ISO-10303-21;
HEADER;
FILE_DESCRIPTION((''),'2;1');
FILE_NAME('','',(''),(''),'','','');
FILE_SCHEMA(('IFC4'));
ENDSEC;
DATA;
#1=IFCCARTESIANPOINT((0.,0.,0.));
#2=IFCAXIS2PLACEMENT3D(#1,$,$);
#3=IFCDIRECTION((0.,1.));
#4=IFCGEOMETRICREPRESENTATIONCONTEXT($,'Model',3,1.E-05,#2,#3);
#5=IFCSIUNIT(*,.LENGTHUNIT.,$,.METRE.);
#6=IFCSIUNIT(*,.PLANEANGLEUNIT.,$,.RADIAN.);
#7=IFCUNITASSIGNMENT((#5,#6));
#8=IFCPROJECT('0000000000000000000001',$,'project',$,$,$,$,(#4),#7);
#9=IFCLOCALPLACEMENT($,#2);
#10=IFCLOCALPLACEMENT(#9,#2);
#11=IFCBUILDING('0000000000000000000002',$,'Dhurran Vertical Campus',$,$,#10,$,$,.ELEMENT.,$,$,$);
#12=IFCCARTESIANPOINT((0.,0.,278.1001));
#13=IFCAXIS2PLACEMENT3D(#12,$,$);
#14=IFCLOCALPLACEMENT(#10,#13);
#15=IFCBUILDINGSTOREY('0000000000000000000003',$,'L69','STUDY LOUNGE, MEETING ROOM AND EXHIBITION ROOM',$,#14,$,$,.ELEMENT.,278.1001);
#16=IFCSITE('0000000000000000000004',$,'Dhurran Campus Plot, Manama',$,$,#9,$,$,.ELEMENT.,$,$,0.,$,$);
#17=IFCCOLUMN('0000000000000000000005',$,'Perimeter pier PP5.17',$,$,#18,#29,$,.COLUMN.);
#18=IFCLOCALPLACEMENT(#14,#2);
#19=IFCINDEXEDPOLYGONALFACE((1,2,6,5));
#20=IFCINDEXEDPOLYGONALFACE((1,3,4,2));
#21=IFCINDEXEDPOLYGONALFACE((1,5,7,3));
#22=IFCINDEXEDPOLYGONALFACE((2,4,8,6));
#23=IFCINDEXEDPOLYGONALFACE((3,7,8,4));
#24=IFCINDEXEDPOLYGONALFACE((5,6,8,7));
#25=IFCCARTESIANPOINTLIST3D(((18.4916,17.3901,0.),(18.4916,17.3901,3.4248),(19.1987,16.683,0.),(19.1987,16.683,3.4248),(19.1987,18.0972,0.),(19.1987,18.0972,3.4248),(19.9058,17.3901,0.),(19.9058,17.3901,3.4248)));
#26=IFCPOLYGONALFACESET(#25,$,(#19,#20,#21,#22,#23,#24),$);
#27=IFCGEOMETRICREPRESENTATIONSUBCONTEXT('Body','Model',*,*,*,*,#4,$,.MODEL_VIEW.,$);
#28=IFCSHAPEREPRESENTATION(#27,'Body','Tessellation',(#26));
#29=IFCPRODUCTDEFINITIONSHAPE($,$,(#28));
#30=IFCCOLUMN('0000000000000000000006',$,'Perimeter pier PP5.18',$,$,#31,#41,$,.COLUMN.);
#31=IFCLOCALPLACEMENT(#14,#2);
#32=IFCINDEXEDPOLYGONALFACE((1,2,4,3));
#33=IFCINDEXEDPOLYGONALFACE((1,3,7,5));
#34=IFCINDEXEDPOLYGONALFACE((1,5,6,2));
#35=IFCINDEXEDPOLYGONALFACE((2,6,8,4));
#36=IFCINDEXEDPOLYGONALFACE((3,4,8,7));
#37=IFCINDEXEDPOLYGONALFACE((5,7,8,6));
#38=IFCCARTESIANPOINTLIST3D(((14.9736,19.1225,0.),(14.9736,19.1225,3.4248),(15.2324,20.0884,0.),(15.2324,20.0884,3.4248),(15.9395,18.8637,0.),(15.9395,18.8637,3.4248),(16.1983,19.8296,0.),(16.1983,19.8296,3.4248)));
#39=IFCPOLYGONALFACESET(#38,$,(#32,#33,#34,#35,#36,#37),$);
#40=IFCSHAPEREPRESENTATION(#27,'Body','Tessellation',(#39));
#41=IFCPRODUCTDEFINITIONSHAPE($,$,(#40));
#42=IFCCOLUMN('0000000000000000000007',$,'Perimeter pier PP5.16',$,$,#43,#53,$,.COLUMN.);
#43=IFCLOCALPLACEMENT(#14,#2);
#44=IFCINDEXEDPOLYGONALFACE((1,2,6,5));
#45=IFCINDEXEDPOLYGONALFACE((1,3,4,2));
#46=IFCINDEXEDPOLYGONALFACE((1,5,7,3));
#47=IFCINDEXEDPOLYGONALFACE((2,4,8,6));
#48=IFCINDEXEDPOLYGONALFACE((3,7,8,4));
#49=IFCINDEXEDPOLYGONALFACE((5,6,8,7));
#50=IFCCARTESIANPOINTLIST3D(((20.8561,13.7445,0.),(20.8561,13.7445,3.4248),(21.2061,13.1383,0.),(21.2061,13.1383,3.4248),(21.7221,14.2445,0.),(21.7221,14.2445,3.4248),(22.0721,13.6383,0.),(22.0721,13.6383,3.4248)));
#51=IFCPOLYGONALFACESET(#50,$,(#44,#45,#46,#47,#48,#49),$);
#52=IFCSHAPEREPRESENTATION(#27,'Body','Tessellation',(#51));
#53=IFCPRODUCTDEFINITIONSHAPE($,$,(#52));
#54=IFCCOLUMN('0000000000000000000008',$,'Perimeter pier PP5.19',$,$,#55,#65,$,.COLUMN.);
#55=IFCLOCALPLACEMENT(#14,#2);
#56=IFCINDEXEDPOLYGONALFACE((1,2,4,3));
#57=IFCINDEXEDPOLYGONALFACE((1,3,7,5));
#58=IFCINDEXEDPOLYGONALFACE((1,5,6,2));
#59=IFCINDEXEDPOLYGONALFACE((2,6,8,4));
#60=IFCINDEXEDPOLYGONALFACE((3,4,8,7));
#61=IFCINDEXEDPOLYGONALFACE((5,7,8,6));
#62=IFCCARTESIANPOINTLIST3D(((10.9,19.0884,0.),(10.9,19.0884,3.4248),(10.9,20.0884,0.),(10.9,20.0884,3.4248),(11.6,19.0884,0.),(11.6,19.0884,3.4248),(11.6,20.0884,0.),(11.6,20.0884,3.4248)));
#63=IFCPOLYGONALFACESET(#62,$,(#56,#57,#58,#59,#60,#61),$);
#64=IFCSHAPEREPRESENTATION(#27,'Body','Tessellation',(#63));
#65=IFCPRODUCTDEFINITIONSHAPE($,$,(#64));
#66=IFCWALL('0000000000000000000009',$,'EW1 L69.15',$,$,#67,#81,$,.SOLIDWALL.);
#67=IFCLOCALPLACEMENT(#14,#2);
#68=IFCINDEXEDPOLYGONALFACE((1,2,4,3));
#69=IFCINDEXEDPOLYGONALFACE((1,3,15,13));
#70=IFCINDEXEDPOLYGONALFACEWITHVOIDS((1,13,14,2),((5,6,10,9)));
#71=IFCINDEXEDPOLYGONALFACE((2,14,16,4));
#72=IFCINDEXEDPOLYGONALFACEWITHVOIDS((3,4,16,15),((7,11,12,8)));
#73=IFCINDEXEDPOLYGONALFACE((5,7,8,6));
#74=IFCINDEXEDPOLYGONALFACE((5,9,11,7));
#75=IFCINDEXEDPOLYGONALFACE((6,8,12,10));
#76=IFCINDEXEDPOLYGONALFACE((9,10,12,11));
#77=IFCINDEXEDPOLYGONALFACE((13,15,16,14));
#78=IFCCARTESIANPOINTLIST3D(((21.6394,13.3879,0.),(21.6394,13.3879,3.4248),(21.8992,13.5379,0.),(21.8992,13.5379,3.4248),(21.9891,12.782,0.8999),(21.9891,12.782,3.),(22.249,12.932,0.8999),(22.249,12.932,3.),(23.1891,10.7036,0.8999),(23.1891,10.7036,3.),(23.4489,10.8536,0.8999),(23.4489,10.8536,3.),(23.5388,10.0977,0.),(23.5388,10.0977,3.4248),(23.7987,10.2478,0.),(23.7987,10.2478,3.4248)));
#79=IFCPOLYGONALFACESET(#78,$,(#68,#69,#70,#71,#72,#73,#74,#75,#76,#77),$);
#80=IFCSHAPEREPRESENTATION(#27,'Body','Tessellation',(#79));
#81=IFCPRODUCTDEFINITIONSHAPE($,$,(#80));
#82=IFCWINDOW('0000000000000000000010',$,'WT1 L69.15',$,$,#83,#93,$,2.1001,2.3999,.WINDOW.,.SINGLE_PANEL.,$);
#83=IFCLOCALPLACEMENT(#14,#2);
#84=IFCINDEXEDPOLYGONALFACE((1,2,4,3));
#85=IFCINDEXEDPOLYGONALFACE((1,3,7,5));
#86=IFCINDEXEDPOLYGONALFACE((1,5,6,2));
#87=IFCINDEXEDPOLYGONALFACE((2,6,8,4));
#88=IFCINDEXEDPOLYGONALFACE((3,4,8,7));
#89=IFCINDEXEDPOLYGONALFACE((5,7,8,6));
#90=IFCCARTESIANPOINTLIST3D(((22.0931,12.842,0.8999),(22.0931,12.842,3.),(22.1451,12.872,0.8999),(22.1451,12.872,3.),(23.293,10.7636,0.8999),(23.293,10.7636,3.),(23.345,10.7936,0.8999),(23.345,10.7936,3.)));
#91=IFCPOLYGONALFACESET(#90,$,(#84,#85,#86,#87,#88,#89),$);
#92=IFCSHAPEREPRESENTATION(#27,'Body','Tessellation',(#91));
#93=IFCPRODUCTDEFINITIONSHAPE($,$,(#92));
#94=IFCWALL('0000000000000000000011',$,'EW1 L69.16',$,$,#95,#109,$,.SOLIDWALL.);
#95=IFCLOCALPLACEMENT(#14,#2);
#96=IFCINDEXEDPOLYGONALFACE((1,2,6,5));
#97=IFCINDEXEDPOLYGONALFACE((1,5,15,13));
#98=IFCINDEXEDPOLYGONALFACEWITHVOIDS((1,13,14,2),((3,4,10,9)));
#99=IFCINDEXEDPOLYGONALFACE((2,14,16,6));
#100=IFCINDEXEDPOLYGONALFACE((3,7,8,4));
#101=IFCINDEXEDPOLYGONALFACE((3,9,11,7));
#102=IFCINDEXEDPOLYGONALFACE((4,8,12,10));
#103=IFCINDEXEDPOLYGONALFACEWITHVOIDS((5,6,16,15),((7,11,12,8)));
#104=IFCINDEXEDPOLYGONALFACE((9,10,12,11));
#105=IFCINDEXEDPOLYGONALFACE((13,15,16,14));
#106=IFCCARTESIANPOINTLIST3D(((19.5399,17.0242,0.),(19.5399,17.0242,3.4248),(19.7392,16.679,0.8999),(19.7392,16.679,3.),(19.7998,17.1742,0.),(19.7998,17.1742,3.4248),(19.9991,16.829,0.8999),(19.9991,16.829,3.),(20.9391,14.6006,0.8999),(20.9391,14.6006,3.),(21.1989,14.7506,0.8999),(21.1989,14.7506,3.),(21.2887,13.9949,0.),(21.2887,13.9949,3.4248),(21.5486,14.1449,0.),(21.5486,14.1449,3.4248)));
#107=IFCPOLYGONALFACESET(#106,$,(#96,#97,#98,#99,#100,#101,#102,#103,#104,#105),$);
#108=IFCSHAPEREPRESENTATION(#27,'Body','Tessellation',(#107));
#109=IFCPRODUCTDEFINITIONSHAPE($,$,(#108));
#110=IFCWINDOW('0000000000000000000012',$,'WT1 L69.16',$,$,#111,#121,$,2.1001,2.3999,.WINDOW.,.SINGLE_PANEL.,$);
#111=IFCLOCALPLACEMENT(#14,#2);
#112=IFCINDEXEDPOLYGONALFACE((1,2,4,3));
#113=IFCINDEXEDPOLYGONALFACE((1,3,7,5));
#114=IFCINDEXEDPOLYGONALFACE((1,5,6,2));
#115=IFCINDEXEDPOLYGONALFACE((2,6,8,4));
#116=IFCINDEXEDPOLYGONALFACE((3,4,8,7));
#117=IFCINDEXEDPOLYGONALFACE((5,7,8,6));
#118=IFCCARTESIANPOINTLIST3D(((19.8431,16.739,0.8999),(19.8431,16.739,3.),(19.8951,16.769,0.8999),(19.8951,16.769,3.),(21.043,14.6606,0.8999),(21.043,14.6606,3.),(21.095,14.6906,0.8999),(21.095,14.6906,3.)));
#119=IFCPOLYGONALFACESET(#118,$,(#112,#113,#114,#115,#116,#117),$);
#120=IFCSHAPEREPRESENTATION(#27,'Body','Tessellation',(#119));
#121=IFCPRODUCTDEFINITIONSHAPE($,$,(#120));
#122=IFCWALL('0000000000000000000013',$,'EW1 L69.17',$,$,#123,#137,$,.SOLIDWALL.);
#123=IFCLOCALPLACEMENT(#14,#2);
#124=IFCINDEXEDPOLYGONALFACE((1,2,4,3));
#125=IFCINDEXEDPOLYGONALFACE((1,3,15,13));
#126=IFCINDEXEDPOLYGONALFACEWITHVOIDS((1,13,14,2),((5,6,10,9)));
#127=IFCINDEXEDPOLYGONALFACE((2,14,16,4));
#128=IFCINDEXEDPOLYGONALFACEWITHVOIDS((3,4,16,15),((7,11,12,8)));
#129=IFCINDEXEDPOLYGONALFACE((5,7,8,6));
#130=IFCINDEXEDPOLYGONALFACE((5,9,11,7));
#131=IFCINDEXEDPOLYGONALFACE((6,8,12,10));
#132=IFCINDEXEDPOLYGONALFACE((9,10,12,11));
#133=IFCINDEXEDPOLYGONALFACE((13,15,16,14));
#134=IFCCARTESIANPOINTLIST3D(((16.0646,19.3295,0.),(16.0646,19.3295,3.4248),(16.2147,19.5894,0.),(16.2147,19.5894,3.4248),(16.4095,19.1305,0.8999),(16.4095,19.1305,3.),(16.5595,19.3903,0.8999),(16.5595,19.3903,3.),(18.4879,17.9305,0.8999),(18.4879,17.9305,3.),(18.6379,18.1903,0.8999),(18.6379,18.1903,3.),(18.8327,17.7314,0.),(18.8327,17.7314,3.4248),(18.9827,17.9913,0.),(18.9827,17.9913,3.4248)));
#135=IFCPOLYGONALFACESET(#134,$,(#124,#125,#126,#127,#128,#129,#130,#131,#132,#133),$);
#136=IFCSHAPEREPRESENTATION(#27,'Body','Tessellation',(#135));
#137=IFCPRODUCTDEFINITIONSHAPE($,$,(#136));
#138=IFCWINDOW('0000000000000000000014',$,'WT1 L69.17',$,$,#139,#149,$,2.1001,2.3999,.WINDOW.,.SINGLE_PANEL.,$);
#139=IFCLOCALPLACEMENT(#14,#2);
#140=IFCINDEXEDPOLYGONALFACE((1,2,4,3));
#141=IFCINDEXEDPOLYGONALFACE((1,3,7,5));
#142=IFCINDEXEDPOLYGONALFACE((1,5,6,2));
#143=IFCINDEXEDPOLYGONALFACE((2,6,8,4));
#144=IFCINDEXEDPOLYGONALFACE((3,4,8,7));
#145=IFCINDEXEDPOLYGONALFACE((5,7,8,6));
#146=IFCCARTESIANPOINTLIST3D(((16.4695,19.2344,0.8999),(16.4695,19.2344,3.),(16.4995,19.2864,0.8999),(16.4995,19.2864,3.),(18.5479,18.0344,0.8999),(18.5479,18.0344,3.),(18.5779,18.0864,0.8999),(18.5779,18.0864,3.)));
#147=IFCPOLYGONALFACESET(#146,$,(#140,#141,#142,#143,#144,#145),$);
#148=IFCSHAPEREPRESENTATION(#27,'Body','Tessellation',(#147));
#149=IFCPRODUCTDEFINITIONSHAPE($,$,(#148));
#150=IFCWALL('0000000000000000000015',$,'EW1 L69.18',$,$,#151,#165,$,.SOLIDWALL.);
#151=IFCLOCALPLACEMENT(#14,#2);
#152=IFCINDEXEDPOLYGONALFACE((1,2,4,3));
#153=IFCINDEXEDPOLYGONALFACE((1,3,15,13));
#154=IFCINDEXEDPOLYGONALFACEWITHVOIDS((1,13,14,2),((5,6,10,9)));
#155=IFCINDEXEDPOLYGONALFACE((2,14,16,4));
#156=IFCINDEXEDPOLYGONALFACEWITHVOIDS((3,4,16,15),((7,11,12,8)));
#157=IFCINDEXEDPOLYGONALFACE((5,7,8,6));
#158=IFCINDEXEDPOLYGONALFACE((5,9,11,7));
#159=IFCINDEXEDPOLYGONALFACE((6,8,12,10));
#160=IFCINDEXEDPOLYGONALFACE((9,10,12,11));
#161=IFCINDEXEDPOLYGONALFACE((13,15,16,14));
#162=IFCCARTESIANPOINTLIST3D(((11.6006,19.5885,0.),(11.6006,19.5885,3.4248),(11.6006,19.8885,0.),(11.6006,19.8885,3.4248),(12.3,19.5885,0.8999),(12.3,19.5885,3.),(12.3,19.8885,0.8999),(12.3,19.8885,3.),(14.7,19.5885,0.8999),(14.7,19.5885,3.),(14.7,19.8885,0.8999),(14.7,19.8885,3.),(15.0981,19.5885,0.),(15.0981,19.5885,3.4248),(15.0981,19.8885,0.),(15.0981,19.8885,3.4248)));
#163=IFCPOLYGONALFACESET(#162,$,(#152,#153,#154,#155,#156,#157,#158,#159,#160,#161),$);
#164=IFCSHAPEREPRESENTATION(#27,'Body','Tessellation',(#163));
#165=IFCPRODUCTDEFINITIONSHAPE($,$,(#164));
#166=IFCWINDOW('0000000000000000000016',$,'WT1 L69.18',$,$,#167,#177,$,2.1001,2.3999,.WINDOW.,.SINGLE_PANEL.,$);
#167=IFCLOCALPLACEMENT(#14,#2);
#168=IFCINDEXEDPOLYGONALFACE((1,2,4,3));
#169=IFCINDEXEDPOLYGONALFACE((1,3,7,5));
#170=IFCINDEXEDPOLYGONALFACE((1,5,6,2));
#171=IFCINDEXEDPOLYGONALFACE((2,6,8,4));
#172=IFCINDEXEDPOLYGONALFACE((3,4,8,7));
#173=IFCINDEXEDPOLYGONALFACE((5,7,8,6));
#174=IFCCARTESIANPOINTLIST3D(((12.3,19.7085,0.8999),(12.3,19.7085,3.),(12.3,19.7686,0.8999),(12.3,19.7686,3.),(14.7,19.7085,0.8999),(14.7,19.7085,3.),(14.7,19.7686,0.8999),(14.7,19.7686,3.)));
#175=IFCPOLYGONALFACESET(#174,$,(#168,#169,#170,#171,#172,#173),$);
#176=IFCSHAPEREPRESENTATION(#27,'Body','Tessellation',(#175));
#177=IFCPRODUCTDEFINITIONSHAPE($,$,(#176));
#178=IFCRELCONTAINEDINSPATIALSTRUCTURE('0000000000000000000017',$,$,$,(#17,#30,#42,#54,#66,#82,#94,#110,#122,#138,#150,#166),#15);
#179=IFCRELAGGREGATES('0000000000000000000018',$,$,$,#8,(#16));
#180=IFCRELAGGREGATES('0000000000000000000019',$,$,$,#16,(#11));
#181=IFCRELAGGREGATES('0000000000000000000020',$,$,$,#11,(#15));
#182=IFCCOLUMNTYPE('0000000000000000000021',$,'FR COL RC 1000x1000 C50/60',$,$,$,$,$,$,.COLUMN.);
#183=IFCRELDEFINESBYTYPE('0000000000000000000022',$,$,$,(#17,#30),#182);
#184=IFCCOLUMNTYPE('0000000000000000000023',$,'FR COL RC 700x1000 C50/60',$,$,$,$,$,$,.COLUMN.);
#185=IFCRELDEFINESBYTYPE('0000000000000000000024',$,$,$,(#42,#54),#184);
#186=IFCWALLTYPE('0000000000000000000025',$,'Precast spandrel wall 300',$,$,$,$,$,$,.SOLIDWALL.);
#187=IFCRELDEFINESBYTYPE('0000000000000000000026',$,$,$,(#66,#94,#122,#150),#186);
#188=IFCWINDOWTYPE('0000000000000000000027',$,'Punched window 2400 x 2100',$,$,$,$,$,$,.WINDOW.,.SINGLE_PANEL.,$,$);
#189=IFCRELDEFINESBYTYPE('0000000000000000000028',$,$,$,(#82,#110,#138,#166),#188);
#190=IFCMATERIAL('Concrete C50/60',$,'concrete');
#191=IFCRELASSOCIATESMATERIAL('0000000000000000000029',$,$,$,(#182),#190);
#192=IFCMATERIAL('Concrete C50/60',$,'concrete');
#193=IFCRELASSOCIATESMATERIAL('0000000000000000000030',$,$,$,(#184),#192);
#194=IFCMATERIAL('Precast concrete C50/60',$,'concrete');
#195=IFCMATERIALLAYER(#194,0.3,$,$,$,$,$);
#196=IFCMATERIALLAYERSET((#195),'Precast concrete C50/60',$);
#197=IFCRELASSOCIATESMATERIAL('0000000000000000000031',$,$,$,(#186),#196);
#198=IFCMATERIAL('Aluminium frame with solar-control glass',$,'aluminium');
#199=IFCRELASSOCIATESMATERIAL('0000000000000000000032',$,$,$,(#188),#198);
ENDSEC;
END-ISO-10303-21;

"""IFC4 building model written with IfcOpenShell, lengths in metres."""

from ifc_helpers import new_model, si_unit, direction, frame, frame_2d, origin, origin_2d, place, context, subcontext, project, spatial, rectangle, extrude, material, layer, layer_set, material_profile, profile_set, type_object, element, fill, save


model = new_model("IFC4")

# Units and contexts
model_context = context("Model", 3, precision=1e-05, world=origin(), true_north=direction((0.0, 1.0)))
body_context = subcontext(model_context, "Body", "Model", "MODEL_VIEW")
ifc_project = project(units=[si_unit("LENGTHUNIT", "METRE"), si_unit("PLANEANGLEUNIT", "RADIAN")], contexts=[model_context])

# Site, building, storey
site_placement = place(None, origin())
site = spatial("IfcSite", under=ifc_project, at=site_placement, Name="Dhurran Campus Plot, Manama", CompositionType="ELEMENT", RefElevation=0.0)
building_placement = place(site_placement, origin())
building = spatial("IfcBuilding", under=site, at=building_placement, Name="Dhurran Vertical Campus", CompositionType="ELEMENT")
storey_placement = place(building_placement, frame((0.0, 0.0, 278.1001)))
storey = spatial("IfcBuildingStorey", under=building, at=storey_placement, Name="L69", Description="STUDY LOUNGE, MEETING ROOM AND EXHIBITION ROOM", CompositionType="ELEMENT", Elevation=278.1001)

# Columns
ifc_material_1 = material(Name="Concrete C50/60", Category="concrete")
ifc_material_profile_1 = material_profile(ifc_material_1, rectangle(XDim=1.0, YDim=1.0, at=origin_2d()), Name="RC 1000x1000")
ifc_profile_set_1 = profile_set([ifc_material_profile_1], Name="Concrete C50/60")
column_type_1 = type_object("IfcColumnType", Name="FR COL RC 1000x1000 C50/60", PredefinedType="COLUMN", material=ifc_profile_set_1)
for number, where, z_axis, x_axis, name in (
    (1, (19.1987, 17.3901, 0.0), (0.0, 0.0, 1.0), (-0.707107, 0.707107, 0.0), "Perimeter pier PP5.17"),
    (2, (15.5859, 19.4761, 0.0), (0.0, 0.0, 1.0), (-0.965926, 0.258819, 0.0), "Perimeter pier PP5.18"),
):
    element("IfcColumn", number, at=place(storey_placement, frame(where, z_axis=z_axis, x_axis=x_axis)), inside=storey, type_object=column_type_1, Name=name, PredefinedType="COLUMN", context=body_context, shape_type="SweptSolid", body=[
        extrude(rectangle(XDim=1.0, YDim=1.0, at=origin_2d()), origin(), (0.0, 0.0, 1.0), 3.4248),
    ])
ifc_material_2 = material(Name="Concrete C50/60", Category="concrete")
ifc_material_profile_2 = material_profile(ifc_material_2, rectangle(XDim=0.7, YDim=1.0, at=origin_2d()), Name="RC 700x1000")
ifc_profile_set_2 = profile_set([ifc_material_profile_2], Name="Concrete C50/60")
column_type_2 = type_object("IfcColumnType", Name="FR COL RC 700x1000 C50/60", PredefinedType="COLUMN", material=ifc_profile_set_2)
for number, where, z_axis, x_axis, name in (
    (3, (21.4641, 13.6914, 0.0), (0.0, 0.0, 1.0), (-0.5, 0.866025, 0.0), "Perimeter pier PP5.16"),
    (4, (11.25, 19.5884, 0.0), (0.0, 0.0, 1.0), (-1.0, 0.0, 0.0), "Perimeter pier PP5.19"),
):
    element("IfcColumn", number, at=place(storey_placement, frame(where, z_axis=z_axis, x_axis=x_axis)), inside=storey, type_object=column_type_2, Name=name, PredefinedType="COLUMN", context=body_context, shape_type="SweptSolid", body=[
        extrude(rectangle(XDim=0.7, YDim=1.0, at=origin_2d()), origin(), (0.0, 0.0, 1.0), 3.4248),
    ])

# Walls, openings, windows
ifc_material_3 = material(Name="Precast concrete C50/60", Category="concrete")
ifc_layer_1 = layer(ifc_material_3, 0.3)
ifc_layer_set_1 = layer_set([ifc_layer_1], Name="Precast concrete C50/60")
wall_type_1 = type_object("IfcWallType", Name="Precast spandrel wall 300", PredefinedType="SOLIDWALL", material=ifc_layer_set_1)
wall_1_placement = place(storey_placement, frame((23.6687, 10.1729, 0.0), z_axis=(0.0, 0.0, 1.0), x_axis=(-0.499982, 0.866036, 0.0)))
wall_1 = element("IfcWall", 5, at=wall_1_placement, inside=storey, type_object=wall_type_1, Name="EW1 L69.15", PredefinedType="SOLIDWALL", context=body_context, shape_type="SweptSolid", body=[
    extrude(rectangle(XDim=3.7991, YDim=0.3, at=frame_2d((1.8994, 0.0))), origin(), (0.0, 0.0, 1.0), 3.4248),
])
opening_1_placement = place(wall_1_placement, frame((0.6995, 0.0, 0.8999)))
opening_1 = element("IfcOpeningElement", 6, at=opening_1_placement, cuts=wall_1, PredefinedType="OPENING", context=body_context, shape_type="SweptSolid", body=[
    extrude(rectangle(XDim=2.3999, YDim=2.1001, at=frame_2d((1.2, 1.05))), frame((0.0, 0.1599, 0.0), z_axis=(0.0, -1.0, 0.0), x_axis=(1.0, 0.0, 0.0)), (0.0, 0.0, 1.0), 0.3201),
])
ifc_material_4 = material(Name="Aluminium frame with solar-control glass", Category="aluminium")
window_type = type_object("IfcWindowType", Name="Punched window 2400 x 2100", PartitioningType="SINGLE_PANEL", PredefinedType="WINDOW", material=ifc_material_4)
window_1_placement = place(opening_1_placement, origin())
window_1 = element("IfcWindow", 7, at=window_1_placement, inside=storey, type_object=window_type, Name="WT1 L69.15", OverallHeight=2.1001, OverallWidth=2.3999, PartitioningType="SINGLE_PANEL", PredefinedType="WINDOW", context=body_context, shape_type="SweptSolid", body=[
    extrude(rectangle(XDim=2.3999, YDim=2.1001, at=frame_2d((1.2, 1.05))), frame((0.0, 0.03, 0.0), z_axis=(0.0, -1.0, 0.0), x_axis=(1.0, 0.0, 0.0)), (0.0, 0.0, 1.0), 0.0601),
])
fill(opening_1, window_1)
wall_2_placement = place(storey_placement, frame((21.4187, 14.0698, 0.0), z_axis=(0.0, 0.0, 1.0), x_axis=(-0.49996, 0.866048, 0.0)))
wall_2 = element("IfcWall", 8, at=wall_2_placement, inside=storey, type_object=wall_type_1, Name="EW1 L69.16", PredefinedType="SOLIDWALL", context=body_context, shape_type="SweptSolid", body=[
    extrude(rectangle(XDim=3.4978, YDim=0.3, at=frame_2d((1.749, 0.0))), origin(), (0.0, 0.0, 1.0), 3.4248),
])
opening_2_placement = place(wall_2_placement, frame((0.6995, 0.0, 0.8999)))
opening_2 = element("IfcOpeningElement", 9, at=opening_2_placement, cuts=wall_2, PredefinedType="OPENING", context=body_context, shape_type="SweptSolid", body=[
    extrude(rectangle(XDim=2.3999, YDim=2.1001, at=frame_2d((1.2, 1.05))), frame((0.0, 0.1599, 0.0), z_axis=(0.0, -1.0, 0.0), x_axis=(1.0, 0.0, 0.0)), (0.0, 0.0, 1.0), 0.3201),
])
window_2_placement = place(opening_2_placement, origin())
window_2 = element("IfcWindow", 10, at=window_2_placement, inside=storey, type_object=window_type, Name="WT1 L69.16", OverallHeight=2.1001, OverallWidth=2.3999, PartitioningType="SINGLE_PANEL", PredefinedType="WINDOW", context=body_context, shape_type="SweptSolid", body=[
    extrude(rectangle(XDim=2.3999, YDim=2.1001, at=frame_2d((1.2, 1.05))), frame((0.0, 0.03, 0.0), z_axis=(0.0, -1.0, 0.0), x_axis=(1.0, 0.0, 0.0)), (0.0, 0.0, 1.0), 0.0601),
])
fill(opening_2, window_2)
wall_3_placement = place(storey_placement, frame((18.9077, 17.8613, 0.0), z_axis=(0.0, 0.0, 1.0), x_axis=(-0.866025, 0.5, 0.0)))
wall_3 = element("IfcWall", 11, at=wall_3_placement, inside=storey, type_object=wall_type_1, Name="EW1 L69.17", PredefinedType="SOLIDWALL", context=body_context, shape_type="SweptSolid", body=[
    extrude(rectangle(XDim=3.1963, YDim=0.3, at=frame_2d((1.5981, 0.0))), origin(), (0.0, 0.0, 1.0), 3.4248),
])
opening_3_placement = place(wall_3_placement, frame((0.3982, 0.0, 0.8999)))
opening_3 = element("IfcOpeningElement", 12, at=opening_3_placement, cuts=wall_3, PredefinedType="OPENING", context=body_context, shape_type="SweptSolid", body=[
    extrude(rectangle(XDim=2.3999, YDim=2.1001, at=frame_2d((1.2, 1.05))), frame((0.0, 0.1599, 0.0), z_axis=(0.0, -1.0, 0.0), x_axis=(1.0, 0.0, 0.0)), (0.0, 0.0, 1.0), 0.3201),
])
window_3_placement = place(opening_3_placement, origin())
window_3 = element("IfcWindow", 13, at=window_3_placement, inside=storey, type_object=window_type, Name="WT1 L69.17", OverallHeight=2.1001, OverallWidth=2.3999, PartitioningType="SINGLE_PANEL", PredefinedType="WINDOW", context=body_context, shape_type="SweptSolid", body=[
    extrude(rectangle(XDim=2.3999, YDim=2.1001, at=frame_2d((1.2, 1.05))), frame((0.0, 0.03, 0.0), z_axis=(0.0, -1.0, 0.0), x_axis=(1.0, 0.0, 0.0)), (0.0, 0.0, 1.0), 0.0601),
])
fill(opening_3, window_3)
wall_4_placement = place(storey_placement, frame((15.0981, 19.7385, 0.0), z_axis=(0.0, 0.0, 1.0), x_axis=(-1.0, 0.0, 0.0)))
wall_4 = element("IfcWall", 14, at=wall_4_placement, inside=storey, type_object=wall_type_1, Name="EW1 L69.18", PredefinedType="SOLIDWALL", context=body_context, shape_type="SweptSolid", body=[
    extrude(rectangle(XDim=3.4976, YDim=0.3, at=frame_2d((1.7488, 0.0))), origin(), (0.0, 0.0, 1.0), 3.4248),
])
opening_4_placement = place(wall_4_placement, frame((0.3982, 0.0, 0.8999)))
opening_4 = element("IfcOpeningElement", 15, at=opening_4_placement, cuts=wall_4, PredefinedType="OPENING", context=body_context, shape_type="SweptSolid", body=[
    extrude(rectangle(XDim=2.3999, YDim=2.1001, at=frame_2d((1.2, 1.05))), frame((0.0, 0.1599, 0.0), z_axis=(0.0, -1.0, 0.0), x_axis=(1.0, 0.0, 0.0)), (0.0, 0.0, 1.0), 0.3201),
])
window_4_placement = place(opening_4_placement, origin())
window_4 = element("IfcWindow", 16, at=window_4_placement, inside=storey, type_object=window_type, Name="WT1 L69.18", OverallHeight=2.1001, OverallWidth=2.3999, PartitioningType="SINGLE_PANEL", PredefinedType="WINDOW", context=body_context, shape_type="SweptSolid", body=[
    extrude(rectangle(XDim=2.3999, YDim=2.1001, at=frame_2d((1.2, 1.05))), frame((0.0, 0.03, 0.0), z_axis=(0.0, -1.0, 0.0), x_axis=(1.0, 0.0, 0.0)), (0.0, 0.0, 1.0), 0.0601),
])
fill(opening_4, window_4)

save(model, "model.ifc")
